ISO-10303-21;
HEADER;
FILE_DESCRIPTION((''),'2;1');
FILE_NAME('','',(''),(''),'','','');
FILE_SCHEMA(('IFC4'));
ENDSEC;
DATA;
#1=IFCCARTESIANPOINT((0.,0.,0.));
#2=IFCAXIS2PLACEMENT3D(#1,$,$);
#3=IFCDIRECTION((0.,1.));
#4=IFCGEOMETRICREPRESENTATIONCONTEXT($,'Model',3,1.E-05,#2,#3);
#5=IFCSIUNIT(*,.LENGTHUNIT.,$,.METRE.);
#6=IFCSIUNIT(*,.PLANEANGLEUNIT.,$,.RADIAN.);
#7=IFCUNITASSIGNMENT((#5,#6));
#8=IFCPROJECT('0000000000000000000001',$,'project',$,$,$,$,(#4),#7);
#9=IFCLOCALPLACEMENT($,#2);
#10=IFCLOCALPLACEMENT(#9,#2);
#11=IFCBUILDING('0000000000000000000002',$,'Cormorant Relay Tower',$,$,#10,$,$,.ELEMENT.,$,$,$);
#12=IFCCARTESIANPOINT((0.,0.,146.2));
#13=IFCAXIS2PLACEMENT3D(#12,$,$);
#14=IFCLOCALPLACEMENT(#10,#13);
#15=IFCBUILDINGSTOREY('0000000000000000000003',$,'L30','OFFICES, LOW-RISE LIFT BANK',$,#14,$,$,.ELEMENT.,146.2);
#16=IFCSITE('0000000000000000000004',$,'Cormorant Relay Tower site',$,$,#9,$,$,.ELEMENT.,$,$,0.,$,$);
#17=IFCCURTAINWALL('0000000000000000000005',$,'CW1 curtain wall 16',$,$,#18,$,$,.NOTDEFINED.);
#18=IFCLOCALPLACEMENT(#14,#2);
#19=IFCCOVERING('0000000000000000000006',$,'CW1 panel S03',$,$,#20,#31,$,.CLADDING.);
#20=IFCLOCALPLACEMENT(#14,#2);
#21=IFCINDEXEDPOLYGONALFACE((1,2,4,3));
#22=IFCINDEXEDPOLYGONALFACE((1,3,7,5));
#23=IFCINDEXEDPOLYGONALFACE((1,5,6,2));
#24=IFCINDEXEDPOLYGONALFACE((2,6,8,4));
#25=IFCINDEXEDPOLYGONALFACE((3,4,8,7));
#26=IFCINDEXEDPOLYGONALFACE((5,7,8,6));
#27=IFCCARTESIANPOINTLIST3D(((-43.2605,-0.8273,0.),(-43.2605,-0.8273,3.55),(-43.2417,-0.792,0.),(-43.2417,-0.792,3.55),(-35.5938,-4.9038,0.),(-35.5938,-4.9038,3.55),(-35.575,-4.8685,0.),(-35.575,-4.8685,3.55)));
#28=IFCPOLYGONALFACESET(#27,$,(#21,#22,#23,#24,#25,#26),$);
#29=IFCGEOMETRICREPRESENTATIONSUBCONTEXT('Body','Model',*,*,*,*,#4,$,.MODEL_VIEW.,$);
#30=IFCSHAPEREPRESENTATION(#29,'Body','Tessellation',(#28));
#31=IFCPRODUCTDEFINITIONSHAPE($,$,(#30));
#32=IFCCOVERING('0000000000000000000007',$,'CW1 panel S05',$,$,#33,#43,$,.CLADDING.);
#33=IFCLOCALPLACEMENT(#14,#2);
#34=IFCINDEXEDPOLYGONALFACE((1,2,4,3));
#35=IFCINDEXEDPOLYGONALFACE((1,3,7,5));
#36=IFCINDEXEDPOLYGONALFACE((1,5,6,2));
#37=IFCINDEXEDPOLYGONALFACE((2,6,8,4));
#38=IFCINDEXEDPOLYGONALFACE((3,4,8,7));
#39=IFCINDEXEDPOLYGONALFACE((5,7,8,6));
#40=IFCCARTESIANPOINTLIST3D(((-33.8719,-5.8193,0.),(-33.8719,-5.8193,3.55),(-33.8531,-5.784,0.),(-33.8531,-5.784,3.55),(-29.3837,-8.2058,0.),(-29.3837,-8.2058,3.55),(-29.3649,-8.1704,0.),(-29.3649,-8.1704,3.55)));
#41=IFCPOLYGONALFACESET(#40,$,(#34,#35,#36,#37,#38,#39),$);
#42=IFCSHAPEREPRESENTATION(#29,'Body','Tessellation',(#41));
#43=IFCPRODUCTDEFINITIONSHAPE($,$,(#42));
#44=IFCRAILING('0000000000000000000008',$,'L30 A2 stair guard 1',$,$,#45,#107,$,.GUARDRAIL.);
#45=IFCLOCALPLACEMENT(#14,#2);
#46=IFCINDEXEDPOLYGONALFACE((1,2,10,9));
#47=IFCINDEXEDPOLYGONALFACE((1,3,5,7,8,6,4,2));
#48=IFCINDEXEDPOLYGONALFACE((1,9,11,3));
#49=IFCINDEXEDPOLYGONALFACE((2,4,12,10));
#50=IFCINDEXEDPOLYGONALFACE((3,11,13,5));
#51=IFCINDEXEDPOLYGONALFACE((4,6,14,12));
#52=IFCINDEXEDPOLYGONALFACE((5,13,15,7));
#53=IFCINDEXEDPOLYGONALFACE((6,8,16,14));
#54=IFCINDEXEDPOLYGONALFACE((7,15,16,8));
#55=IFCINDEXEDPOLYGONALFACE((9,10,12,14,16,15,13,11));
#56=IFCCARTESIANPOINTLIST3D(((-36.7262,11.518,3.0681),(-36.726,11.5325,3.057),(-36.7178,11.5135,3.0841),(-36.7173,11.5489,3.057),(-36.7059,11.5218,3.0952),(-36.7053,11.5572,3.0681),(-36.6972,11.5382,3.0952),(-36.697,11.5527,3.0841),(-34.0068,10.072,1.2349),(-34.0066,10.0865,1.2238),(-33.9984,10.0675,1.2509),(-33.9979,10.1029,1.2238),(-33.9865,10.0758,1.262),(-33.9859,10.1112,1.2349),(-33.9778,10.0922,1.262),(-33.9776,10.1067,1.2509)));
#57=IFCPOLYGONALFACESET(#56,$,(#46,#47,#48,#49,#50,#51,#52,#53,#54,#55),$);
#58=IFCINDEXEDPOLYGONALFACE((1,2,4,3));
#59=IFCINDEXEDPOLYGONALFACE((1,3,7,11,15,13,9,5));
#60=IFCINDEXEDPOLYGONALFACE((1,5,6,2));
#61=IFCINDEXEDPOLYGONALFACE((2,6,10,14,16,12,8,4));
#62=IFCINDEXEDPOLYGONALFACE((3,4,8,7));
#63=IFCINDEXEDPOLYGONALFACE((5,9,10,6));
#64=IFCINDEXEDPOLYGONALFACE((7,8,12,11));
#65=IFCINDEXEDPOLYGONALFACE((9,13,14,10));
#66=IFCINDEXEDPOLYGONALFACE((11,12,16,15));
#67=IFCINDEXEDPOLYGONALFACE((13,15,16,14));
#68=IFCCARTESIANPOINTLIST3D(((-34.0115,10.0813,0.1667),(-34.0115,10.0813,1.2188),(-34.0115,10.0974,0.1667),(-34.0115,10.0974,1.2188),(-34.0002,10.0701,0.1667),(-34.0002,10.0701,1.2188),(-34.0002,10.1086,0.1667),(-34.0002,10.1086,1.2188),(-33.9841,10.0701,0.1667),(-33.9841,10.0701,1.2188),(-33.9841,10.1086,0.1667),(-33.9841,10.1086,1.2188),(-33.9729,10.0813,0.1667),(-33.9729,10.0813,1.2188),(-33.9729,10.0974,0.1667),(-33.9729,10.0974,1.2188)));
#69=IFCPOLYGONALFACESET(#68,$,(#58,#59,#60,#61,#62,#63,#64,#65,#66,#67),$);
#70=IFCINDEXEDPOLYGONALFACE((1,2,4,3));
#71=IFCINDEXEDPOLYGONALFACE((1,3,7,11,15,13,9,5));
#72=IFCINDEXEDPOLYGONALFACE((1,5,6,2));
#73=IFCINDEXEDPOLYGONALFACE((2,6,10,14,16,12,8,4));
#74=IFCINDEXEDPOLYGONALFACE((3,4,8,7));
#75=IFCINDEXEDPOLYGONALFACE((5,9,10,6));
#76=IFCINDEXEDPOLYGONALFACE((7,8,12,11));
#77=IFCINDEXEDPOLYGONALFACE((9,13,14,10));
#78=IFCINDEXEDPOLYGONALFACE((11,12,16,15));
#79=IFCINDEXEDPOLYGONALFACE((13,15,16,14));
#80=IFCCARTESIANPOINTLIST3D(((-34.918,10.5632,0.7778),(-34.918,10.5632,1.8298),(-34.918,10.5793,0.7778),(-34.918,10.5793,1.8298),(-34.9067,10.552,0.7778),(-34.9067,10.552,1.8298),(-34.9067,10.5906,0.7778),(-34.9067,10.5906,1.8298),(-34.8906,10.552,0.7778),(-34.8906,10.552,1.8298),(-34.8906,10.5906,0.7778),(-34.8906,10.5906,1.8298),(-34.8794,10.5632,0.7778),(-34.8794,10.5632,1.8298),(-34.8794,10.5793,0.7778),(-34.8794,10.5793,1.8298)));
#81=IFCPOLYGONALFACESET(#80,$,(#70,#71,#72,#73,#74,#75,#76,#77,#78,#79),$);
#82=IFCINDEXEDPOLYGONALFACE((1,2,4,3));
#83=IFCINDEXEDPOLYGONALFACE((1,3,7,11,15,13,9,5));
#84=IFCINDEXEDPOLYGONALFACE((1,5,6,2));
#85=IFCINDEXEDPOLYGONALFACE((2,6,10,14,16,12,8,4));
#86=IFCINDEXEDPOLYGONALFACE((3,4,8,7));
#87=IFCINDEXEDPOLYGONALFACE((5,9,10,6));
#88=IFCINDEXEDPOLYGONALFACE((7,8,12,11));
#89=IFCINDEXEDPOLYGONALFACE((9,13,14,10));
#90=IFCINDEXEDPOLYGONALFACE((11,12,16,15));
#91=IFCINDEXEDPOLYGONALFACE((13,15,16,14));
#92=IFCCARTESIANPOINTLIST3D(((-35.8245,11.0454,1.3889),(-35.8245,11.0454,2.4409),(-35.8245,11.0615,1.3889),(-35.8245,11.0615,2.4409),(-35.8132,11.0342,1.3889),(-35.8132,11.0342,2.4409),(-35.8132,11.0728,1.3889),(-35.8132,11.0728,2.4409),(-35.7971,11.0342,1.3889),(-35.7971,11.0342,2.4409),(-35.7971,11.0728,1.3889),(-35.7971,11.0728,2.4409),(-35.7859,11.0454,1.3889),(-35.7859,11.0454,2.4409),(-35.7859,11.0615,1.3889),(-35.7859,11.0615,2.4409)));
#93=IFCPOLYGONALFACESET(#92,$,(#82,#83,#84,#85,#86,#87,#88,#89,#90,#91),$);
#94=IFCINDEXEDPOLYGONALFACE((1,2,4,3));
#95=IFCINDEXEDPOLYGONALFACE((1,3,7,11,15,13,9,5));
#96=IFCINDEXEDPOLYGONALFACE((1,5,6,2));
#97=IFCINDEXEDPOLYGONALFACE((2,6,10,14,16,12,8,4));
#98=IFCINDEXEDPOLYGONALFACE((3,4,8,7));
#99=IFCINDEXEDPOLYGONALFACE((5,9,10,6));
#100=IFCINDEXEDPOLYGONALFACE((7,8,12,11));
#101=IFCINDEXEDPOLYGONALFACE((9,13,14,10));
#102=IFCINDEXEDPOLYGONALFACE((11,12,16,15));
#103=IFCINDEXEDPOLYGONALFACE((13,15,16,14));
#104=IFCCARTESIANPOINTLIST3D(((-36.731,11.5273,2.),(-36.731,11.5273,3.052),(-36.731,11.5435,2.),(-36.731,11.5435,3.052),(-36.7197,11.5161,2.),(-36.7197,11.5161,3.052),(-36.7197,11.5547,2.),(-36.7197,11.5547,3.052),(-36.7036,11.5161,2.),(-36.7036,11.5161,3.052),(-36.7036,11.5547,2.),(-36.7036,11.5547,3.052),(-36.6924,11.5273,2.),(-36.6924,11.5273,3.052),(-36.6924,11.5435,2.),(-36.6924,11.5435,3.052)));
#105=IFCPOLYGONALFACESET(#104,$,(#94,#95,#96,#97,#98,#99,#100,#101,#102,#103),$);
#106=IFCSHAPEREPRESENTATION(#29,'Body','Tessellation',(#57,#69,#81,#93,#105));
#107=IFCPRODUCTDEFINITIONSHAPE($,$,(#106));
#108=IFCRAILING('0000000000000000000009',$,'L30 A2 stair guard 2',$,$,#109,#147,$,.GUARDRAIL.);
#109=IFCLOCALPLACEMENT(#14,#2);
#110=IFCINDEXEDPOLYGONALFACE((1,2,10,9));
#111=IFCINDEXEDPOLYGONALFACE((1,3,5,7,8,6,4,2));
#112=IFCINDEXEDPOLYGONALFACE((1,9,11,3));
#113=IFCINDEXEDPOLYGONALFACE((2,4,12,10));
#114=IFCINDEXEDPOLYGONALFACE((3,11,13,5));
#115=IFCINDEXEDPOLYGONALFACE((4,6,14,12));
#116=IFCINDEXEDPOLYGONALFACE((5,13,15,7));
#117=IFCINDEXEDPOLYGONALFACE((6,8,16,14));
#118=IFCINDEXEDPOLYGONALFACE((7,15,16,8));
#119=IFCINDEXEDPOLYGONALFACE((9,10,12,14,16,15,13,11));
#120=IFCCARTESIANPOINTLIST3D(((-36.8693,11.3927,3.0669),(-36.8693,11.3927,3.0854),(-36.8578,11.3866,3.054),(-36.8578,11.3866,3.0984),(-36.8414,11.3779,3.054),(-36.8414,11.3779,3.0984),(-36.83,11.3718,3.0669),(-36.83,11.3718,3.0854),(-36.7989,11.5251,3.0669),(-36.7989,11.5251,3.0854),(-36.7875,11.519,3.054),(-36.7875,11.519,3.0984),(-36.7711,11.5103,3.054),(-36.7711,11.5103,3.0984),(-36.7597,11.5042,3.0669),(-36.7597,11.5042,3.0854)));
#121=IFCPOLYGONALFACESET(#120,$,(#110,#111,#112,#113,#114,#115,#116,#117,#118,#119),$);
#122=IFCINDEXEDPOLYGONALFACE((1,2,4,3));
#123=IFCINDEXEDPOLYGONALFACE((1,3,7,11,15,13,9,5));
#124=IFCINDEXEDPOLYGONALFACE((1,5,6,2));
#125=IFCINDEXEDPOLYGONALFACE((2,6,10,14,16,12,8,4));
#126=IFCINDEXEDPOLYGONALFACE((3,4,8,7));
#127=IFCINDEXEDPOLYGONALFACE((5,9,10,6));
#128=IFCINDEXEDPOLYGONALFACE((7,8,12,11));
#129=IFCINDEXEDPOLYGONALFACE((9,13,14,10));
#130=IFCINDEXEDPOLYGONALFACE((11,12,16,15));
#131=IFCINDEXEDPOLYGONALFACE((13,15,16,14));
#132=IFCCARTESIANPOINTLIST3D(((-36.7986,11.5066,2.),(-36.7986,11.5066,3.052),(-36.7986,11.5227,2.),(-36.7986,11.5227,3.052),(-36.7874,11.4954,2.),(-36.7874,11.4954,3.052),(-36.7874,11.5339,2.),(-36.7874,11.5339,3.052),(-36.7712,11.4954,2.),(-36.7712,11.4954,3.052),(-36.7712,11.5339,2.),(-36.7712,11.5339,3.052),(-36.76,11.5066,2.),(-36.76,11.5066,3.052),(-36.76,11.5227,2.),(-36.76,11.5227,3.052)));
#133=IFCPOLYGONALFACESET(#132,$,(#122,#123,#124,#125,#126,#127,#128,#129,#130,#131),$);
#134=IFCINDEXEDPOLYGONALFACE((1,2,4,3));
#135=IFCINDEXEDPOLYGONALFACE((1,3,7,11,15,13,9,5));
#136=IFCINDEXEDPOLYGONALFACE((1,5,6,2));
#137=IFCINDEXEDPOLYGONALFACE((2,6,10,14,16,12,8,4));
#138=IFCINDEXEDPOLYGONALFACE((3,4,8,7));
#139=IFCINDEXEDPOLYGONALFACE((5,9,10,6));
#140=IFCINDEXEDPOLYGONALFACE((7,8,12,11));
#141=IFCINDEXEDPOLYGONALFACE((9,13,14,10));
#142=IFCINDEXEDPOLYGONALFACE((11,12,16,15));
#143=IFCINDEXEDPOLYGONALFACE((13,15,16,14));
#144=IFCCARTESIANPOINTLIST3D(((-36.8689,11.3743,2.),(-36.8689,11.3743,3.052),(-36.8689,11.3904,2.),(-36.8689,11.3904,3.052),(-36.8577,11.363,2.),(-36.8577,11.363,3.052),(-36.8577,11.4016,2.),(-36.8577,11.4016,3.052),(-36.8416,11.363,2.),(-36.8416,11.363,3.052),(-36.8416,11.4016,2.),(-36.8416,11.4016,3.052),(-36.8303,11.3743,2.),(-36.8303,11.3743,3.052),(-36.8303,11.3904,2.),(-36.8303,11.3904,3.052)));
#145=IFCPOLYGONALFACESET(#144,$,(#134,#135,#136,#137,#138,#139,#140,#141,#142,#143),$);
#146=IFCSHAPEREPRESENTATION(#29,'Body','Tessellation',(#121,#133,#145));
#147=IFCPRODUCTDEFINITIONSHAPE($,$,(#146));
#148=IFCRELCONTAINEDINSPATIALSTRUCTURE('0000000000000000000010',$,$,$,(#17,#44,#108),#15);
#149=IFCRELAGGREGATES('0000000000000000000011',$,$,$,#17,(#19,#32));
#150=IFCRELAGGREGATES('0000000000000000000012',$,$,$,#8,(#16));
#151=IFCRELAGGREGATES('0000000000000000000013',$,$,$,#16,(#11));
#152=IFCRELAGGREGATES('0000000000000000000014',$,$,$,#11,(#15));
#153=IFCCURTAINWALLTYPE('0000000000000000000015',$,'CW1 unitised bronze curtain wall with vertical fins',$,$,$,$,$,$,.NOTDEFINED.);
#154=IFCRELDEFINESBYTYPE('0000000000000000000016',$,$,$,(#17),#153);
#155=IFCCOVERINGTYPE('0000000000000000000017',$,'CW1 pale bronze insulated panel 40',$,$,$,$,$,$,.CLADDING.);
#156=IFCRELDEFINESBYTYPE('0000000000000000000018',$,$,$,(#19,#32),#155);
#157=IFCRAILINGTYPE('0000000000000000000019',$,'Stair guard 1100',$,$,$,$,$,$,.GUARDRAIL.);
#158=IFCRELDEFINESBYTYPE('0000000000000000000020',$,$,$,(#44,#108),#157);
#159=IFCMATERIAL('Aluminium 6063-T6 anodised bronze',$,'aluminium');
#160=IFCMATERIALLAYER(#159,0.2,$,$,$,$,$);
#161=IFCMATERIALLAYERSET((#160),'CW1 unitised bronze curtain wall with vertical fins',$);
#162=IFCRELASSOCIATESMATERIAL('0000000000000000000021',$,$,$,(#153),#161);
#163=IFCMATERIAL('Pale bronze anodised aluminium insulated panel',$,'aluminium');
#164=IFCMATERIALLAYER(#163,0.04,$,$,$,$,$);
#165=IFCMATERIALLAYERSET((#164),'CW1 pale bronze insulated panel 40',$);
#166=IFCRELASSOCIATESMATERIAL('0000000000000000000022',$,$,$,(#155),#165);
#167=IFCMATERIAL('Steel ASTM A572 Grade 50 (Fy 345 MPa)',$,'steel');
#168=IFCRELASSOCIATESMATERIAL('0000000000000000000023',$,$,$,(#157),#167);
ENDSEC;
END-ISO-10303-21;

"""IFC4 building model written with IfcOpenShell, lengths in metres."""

from ifc_helpers import new_model, si_unit, direction, frame, origin, origin_2d, place, context, subcontext, project, spatial, polyline, rectangle, outline, extrude, material, layer, layer_set, type_object, element, aggregate, save


model = new_model("IFC4")

# Units and contexts
model_context = context("Model", 3, precision=1e-05, world=origin(), true_north=direction((0.0, 1.0)))
body_context = subcontext(model_context, "Body", "Model", "MODEL_VIEW")
ifc_project = project(units=[si_unit("LENGTHUNIT", "METRE"), si_unit("PLANEANGLEUNIT", "RADIAN")], contexts=[model_context])

# Site, building, storey
site_placement = place(None, origin())
site = spatial("IfcSite", under=ifc_project, at=site_placement, Name="Cormorant Relay Tower site", CompositionType="ELEMENT", RefElevation=0.0)
building_placement = place(site_placement, origin())
building = spatial("IfcBuilding", under=site, at=building_placement, Name="Cormorant Relay Tower", CompositionType="ELEMENT")
storey_placement = place(building_placement, frame((0.0, 0.0, 146.2)))
storey = spatial("IfcBuildingStorey", under=building, at=storey_placement, Name="L30", Description="OFFICES, LOW-RISE LIFT BANK", CompositionType="ELEMENT", Elevation=146.2)

# Curtain wall
ifc_material_1 = material(Name="Aluminium 6063-T6 anodised bronze", Category="aluminium")
ifc_layer_1 = layer(ifc_material_1, 0.2)
ifc_layer_set_1 = layer_set([ifc_layer_1], Name="CW1 unitised bronze curtain wall with vertical fins")
curtain_wall_type = type_object("IfcCurtainWallType", Name="CW1 unitised bronze curtain wall with vertical fins", PredefinedType="NOTDEFINED", material=ifc_layer_set_1)
curtain_wall_placement = place(storey_placement, origin())
curtain_wall = element("IfcCurtainWall", 1, at=curtain_wall_placement, inside=storey, type_object=curtain_wall_type, Name="CW1 curtain wall 16", PredefinedType="NOTDEFINED")

# Coverings
ifc_material_2 = material(Name="Pale bronze anodised aluminium insulated panel", Category="aluminium")
ifc_layer_2 = layer(ifc_material_2, 0.04)
ifc_layer_set_2 = layer_set([ifc_layer_2], Name="CW1 pale bronze insulated panel 40")
covering_type = type_object("IfcCoveringType", Name="CW1 pale bronze insulated panel 40", PredefinedType="CLADDING", material=ifc_layer_set_2)
covering_1_placement = place(storey_placement, frame((-39.4177, -2.8479, 0.0), z_axis=(0.0, 0.0, 1.0), x_axis=(0.882948, -0.469472, 0.0)))
covering_1 = element("IfcCovering", 2, at=covering_1_placement, type_object=covering_type, Name="CW1 panel S03", PredefinedType="CLADDING", context=body_context, shape_type="SweptSolid", body=[
    extrude(rectangle(XDim=8.6831, YDim=0.04, at=origin_2d()), origin(), (0.0, 0.0, 1.0), 3.55),
])
covering_2_placement = place(storey_placement, frame((-31.6184, -6.9949, 0.0), z_axis=(0.0, 0.0, 1.0), x_axis=(0.882948, -0.469472, 0.0)))
covering_2 = element("IfcCovering", 3, at=covering_2_placement, type_object=covering_type, Name="CW1 panel S05", PredefinedType="CLADDING", context=body_context, shape_type="SweptSolid", body=[
    extrude(rectangle(XDim=5.0833, YDim=0.04, at=origin_2d()), origin(), (0.0, 0.0, 1.0), 3.55),
])
aggregate(curtain_wall, [covering_1, covering_2])

# Railings
ifc_material_3 = material(Name="Steel ASTM A572 Grade 50 (Fy 345 MPa)", Category="steel")
railing_type_1 = type_object("IfcRailingType", Name="Stair guard 1100", PredefinedType="GUARDRAIL", material=ifc_material_3)
railing_1_placement = place(storey_placement, frame((-33.9922, 10.0894, 0.1667)))
element("IfcRailing", 4, at=railing_1_placement, inside=storey, type_object=railing_type_1, Name="L30 A2 stair guard 1", PredefinedType="GUARDRAIL", context=body_context, shape_type="SweptSolid", body=[
    extrude(outline(polyline([(0.0222, 0.0093), (0.0093, 0.0222), (-0.0093, 0.0222), (-0.0222, 0.0093), (-0.0222, -0.0093), (-0.0093, -0.0222), (0.0093, -0.0222), (0.0222, -0.0093), (0.0222, 0.0093)])), frame((0.0, 0.0, 1.0762), z_axis=(-0.758714, 0.403435, 0.511463), x_axis=(-0.469489, -0.882938, 0.0)), (0.0, 0.0, 1.0), 3.5842),
    extrude(outline(polyline([(0.0193, 0.0081), (0.0081, 0.0193), (-0.0081, 0.0193), (-0.0193, 0.0081), (-0.0193, -0.0081), (-0.0081, -0.0193), (0.0081, -0.0193), (0.0193, -0.0081), (0.0193, 0.0081)])), origin(), (0.0, 0.0, 1.0), 1.052),
    extrude(outline(polyline([(0.0193, 0.0081), (0.0081, 0.0193), (-0.0081, 0.0193), (-0.0193, 0.0081), (-0.0193, -0.0081), (-0.0081, -0.0193), (0.0081, -0.0193), (0.0193, -0.0081), (0.0193, 0.0081)])), frame((-0.9065, 0.4819, 0.6111)), (0.0, 0.0, 1.0), 1.052),
    extrude(outline(polyline([(0.0193, 0.0081), (0.0081, 0.0193), (-0.0081, 0.0193), (-0.0193, 0.0081), (-0.0193, -0.0081), (-0.0081, -0.0193), (0.0081, -0.0193), (0.0193, -0.0081), (0.0193, 0.0081)])), frame((-1.813, 0.9641, 1.2222)), (0.0, 0.0, 1.0), 1.052),
    extrude(outline(polyline([(0.0193, 0.0081), (0.0081, 0.0193), (-0.0081, 0.0193), (-0.0193, 0.0081), (-0.0193, -0.0081), (-0.0081, -0.0193), (0.0081, -0.0193), (0.0193, -0.0081), (0.0193, 0.0081)])), frame((-2.7195, 1.446, 1.8333)), (0.0, 0.0, 1.0), 1.052),
])
railing_2_placement = place(storey_placement, frame((-36.7793, 11.5146, 2.0)))
element("IfcRailing", 5, at=railing_2_placement, inside=storey, type_object=railing_type_1, Name="L30 A2 stair guard 2", PredefinedType="GUARDRAIL", context=body_context, shape_type="SweptSolid", body=[
    extrude(outline(polyline([(0.0222, 0.0093), (0.0093, 0.0222), (-0.0093, 0.0222), (-0.0222, 0.0093), (-0.0222, -0.0093), (-0.0093, -0.0222), (0.0093, -0.0222), (0.0222, -0.0093), (0.0222, 0.0093)])), frame((0.0, 0.0, 1.0762), z_axis=(-0.469235, -0.883074, 0.0), x_axis=(0.883074, -0.469235, 0.0)), (0.0, 0.0, 1.0), 0.1499),
    extrude(outline(polyline([(0.0193, 0.0081), (0.0081, 0.0193), (-0.0081, 0.0193), (-0.0193, 0.0081), (-0.0193, -0.0081), (-0.0081, -0.0193), (0.0081, -0.0193), (0.0193, -0.0081), (0.0193, 0.0081)])), origin(), (0.0, 0.0, 1.0), 1.052),
    extrude(outline(polyline([(0.0193, 0.0081), (0.0081, 0.0193), (-0.0081, 0.0193), (-0.0193, 0.0081), (-0.0193, -0.0081), (-0.0081, -0.0193), (0.0081, -0.0193), (0.0193, -0.0081), (0.0193, 0.0081)])), frame((-0.0703, -0.1323, 0.0)), (0.0, 0.0, 1.0), 1.052),
])

save(model, "model.ifc")
